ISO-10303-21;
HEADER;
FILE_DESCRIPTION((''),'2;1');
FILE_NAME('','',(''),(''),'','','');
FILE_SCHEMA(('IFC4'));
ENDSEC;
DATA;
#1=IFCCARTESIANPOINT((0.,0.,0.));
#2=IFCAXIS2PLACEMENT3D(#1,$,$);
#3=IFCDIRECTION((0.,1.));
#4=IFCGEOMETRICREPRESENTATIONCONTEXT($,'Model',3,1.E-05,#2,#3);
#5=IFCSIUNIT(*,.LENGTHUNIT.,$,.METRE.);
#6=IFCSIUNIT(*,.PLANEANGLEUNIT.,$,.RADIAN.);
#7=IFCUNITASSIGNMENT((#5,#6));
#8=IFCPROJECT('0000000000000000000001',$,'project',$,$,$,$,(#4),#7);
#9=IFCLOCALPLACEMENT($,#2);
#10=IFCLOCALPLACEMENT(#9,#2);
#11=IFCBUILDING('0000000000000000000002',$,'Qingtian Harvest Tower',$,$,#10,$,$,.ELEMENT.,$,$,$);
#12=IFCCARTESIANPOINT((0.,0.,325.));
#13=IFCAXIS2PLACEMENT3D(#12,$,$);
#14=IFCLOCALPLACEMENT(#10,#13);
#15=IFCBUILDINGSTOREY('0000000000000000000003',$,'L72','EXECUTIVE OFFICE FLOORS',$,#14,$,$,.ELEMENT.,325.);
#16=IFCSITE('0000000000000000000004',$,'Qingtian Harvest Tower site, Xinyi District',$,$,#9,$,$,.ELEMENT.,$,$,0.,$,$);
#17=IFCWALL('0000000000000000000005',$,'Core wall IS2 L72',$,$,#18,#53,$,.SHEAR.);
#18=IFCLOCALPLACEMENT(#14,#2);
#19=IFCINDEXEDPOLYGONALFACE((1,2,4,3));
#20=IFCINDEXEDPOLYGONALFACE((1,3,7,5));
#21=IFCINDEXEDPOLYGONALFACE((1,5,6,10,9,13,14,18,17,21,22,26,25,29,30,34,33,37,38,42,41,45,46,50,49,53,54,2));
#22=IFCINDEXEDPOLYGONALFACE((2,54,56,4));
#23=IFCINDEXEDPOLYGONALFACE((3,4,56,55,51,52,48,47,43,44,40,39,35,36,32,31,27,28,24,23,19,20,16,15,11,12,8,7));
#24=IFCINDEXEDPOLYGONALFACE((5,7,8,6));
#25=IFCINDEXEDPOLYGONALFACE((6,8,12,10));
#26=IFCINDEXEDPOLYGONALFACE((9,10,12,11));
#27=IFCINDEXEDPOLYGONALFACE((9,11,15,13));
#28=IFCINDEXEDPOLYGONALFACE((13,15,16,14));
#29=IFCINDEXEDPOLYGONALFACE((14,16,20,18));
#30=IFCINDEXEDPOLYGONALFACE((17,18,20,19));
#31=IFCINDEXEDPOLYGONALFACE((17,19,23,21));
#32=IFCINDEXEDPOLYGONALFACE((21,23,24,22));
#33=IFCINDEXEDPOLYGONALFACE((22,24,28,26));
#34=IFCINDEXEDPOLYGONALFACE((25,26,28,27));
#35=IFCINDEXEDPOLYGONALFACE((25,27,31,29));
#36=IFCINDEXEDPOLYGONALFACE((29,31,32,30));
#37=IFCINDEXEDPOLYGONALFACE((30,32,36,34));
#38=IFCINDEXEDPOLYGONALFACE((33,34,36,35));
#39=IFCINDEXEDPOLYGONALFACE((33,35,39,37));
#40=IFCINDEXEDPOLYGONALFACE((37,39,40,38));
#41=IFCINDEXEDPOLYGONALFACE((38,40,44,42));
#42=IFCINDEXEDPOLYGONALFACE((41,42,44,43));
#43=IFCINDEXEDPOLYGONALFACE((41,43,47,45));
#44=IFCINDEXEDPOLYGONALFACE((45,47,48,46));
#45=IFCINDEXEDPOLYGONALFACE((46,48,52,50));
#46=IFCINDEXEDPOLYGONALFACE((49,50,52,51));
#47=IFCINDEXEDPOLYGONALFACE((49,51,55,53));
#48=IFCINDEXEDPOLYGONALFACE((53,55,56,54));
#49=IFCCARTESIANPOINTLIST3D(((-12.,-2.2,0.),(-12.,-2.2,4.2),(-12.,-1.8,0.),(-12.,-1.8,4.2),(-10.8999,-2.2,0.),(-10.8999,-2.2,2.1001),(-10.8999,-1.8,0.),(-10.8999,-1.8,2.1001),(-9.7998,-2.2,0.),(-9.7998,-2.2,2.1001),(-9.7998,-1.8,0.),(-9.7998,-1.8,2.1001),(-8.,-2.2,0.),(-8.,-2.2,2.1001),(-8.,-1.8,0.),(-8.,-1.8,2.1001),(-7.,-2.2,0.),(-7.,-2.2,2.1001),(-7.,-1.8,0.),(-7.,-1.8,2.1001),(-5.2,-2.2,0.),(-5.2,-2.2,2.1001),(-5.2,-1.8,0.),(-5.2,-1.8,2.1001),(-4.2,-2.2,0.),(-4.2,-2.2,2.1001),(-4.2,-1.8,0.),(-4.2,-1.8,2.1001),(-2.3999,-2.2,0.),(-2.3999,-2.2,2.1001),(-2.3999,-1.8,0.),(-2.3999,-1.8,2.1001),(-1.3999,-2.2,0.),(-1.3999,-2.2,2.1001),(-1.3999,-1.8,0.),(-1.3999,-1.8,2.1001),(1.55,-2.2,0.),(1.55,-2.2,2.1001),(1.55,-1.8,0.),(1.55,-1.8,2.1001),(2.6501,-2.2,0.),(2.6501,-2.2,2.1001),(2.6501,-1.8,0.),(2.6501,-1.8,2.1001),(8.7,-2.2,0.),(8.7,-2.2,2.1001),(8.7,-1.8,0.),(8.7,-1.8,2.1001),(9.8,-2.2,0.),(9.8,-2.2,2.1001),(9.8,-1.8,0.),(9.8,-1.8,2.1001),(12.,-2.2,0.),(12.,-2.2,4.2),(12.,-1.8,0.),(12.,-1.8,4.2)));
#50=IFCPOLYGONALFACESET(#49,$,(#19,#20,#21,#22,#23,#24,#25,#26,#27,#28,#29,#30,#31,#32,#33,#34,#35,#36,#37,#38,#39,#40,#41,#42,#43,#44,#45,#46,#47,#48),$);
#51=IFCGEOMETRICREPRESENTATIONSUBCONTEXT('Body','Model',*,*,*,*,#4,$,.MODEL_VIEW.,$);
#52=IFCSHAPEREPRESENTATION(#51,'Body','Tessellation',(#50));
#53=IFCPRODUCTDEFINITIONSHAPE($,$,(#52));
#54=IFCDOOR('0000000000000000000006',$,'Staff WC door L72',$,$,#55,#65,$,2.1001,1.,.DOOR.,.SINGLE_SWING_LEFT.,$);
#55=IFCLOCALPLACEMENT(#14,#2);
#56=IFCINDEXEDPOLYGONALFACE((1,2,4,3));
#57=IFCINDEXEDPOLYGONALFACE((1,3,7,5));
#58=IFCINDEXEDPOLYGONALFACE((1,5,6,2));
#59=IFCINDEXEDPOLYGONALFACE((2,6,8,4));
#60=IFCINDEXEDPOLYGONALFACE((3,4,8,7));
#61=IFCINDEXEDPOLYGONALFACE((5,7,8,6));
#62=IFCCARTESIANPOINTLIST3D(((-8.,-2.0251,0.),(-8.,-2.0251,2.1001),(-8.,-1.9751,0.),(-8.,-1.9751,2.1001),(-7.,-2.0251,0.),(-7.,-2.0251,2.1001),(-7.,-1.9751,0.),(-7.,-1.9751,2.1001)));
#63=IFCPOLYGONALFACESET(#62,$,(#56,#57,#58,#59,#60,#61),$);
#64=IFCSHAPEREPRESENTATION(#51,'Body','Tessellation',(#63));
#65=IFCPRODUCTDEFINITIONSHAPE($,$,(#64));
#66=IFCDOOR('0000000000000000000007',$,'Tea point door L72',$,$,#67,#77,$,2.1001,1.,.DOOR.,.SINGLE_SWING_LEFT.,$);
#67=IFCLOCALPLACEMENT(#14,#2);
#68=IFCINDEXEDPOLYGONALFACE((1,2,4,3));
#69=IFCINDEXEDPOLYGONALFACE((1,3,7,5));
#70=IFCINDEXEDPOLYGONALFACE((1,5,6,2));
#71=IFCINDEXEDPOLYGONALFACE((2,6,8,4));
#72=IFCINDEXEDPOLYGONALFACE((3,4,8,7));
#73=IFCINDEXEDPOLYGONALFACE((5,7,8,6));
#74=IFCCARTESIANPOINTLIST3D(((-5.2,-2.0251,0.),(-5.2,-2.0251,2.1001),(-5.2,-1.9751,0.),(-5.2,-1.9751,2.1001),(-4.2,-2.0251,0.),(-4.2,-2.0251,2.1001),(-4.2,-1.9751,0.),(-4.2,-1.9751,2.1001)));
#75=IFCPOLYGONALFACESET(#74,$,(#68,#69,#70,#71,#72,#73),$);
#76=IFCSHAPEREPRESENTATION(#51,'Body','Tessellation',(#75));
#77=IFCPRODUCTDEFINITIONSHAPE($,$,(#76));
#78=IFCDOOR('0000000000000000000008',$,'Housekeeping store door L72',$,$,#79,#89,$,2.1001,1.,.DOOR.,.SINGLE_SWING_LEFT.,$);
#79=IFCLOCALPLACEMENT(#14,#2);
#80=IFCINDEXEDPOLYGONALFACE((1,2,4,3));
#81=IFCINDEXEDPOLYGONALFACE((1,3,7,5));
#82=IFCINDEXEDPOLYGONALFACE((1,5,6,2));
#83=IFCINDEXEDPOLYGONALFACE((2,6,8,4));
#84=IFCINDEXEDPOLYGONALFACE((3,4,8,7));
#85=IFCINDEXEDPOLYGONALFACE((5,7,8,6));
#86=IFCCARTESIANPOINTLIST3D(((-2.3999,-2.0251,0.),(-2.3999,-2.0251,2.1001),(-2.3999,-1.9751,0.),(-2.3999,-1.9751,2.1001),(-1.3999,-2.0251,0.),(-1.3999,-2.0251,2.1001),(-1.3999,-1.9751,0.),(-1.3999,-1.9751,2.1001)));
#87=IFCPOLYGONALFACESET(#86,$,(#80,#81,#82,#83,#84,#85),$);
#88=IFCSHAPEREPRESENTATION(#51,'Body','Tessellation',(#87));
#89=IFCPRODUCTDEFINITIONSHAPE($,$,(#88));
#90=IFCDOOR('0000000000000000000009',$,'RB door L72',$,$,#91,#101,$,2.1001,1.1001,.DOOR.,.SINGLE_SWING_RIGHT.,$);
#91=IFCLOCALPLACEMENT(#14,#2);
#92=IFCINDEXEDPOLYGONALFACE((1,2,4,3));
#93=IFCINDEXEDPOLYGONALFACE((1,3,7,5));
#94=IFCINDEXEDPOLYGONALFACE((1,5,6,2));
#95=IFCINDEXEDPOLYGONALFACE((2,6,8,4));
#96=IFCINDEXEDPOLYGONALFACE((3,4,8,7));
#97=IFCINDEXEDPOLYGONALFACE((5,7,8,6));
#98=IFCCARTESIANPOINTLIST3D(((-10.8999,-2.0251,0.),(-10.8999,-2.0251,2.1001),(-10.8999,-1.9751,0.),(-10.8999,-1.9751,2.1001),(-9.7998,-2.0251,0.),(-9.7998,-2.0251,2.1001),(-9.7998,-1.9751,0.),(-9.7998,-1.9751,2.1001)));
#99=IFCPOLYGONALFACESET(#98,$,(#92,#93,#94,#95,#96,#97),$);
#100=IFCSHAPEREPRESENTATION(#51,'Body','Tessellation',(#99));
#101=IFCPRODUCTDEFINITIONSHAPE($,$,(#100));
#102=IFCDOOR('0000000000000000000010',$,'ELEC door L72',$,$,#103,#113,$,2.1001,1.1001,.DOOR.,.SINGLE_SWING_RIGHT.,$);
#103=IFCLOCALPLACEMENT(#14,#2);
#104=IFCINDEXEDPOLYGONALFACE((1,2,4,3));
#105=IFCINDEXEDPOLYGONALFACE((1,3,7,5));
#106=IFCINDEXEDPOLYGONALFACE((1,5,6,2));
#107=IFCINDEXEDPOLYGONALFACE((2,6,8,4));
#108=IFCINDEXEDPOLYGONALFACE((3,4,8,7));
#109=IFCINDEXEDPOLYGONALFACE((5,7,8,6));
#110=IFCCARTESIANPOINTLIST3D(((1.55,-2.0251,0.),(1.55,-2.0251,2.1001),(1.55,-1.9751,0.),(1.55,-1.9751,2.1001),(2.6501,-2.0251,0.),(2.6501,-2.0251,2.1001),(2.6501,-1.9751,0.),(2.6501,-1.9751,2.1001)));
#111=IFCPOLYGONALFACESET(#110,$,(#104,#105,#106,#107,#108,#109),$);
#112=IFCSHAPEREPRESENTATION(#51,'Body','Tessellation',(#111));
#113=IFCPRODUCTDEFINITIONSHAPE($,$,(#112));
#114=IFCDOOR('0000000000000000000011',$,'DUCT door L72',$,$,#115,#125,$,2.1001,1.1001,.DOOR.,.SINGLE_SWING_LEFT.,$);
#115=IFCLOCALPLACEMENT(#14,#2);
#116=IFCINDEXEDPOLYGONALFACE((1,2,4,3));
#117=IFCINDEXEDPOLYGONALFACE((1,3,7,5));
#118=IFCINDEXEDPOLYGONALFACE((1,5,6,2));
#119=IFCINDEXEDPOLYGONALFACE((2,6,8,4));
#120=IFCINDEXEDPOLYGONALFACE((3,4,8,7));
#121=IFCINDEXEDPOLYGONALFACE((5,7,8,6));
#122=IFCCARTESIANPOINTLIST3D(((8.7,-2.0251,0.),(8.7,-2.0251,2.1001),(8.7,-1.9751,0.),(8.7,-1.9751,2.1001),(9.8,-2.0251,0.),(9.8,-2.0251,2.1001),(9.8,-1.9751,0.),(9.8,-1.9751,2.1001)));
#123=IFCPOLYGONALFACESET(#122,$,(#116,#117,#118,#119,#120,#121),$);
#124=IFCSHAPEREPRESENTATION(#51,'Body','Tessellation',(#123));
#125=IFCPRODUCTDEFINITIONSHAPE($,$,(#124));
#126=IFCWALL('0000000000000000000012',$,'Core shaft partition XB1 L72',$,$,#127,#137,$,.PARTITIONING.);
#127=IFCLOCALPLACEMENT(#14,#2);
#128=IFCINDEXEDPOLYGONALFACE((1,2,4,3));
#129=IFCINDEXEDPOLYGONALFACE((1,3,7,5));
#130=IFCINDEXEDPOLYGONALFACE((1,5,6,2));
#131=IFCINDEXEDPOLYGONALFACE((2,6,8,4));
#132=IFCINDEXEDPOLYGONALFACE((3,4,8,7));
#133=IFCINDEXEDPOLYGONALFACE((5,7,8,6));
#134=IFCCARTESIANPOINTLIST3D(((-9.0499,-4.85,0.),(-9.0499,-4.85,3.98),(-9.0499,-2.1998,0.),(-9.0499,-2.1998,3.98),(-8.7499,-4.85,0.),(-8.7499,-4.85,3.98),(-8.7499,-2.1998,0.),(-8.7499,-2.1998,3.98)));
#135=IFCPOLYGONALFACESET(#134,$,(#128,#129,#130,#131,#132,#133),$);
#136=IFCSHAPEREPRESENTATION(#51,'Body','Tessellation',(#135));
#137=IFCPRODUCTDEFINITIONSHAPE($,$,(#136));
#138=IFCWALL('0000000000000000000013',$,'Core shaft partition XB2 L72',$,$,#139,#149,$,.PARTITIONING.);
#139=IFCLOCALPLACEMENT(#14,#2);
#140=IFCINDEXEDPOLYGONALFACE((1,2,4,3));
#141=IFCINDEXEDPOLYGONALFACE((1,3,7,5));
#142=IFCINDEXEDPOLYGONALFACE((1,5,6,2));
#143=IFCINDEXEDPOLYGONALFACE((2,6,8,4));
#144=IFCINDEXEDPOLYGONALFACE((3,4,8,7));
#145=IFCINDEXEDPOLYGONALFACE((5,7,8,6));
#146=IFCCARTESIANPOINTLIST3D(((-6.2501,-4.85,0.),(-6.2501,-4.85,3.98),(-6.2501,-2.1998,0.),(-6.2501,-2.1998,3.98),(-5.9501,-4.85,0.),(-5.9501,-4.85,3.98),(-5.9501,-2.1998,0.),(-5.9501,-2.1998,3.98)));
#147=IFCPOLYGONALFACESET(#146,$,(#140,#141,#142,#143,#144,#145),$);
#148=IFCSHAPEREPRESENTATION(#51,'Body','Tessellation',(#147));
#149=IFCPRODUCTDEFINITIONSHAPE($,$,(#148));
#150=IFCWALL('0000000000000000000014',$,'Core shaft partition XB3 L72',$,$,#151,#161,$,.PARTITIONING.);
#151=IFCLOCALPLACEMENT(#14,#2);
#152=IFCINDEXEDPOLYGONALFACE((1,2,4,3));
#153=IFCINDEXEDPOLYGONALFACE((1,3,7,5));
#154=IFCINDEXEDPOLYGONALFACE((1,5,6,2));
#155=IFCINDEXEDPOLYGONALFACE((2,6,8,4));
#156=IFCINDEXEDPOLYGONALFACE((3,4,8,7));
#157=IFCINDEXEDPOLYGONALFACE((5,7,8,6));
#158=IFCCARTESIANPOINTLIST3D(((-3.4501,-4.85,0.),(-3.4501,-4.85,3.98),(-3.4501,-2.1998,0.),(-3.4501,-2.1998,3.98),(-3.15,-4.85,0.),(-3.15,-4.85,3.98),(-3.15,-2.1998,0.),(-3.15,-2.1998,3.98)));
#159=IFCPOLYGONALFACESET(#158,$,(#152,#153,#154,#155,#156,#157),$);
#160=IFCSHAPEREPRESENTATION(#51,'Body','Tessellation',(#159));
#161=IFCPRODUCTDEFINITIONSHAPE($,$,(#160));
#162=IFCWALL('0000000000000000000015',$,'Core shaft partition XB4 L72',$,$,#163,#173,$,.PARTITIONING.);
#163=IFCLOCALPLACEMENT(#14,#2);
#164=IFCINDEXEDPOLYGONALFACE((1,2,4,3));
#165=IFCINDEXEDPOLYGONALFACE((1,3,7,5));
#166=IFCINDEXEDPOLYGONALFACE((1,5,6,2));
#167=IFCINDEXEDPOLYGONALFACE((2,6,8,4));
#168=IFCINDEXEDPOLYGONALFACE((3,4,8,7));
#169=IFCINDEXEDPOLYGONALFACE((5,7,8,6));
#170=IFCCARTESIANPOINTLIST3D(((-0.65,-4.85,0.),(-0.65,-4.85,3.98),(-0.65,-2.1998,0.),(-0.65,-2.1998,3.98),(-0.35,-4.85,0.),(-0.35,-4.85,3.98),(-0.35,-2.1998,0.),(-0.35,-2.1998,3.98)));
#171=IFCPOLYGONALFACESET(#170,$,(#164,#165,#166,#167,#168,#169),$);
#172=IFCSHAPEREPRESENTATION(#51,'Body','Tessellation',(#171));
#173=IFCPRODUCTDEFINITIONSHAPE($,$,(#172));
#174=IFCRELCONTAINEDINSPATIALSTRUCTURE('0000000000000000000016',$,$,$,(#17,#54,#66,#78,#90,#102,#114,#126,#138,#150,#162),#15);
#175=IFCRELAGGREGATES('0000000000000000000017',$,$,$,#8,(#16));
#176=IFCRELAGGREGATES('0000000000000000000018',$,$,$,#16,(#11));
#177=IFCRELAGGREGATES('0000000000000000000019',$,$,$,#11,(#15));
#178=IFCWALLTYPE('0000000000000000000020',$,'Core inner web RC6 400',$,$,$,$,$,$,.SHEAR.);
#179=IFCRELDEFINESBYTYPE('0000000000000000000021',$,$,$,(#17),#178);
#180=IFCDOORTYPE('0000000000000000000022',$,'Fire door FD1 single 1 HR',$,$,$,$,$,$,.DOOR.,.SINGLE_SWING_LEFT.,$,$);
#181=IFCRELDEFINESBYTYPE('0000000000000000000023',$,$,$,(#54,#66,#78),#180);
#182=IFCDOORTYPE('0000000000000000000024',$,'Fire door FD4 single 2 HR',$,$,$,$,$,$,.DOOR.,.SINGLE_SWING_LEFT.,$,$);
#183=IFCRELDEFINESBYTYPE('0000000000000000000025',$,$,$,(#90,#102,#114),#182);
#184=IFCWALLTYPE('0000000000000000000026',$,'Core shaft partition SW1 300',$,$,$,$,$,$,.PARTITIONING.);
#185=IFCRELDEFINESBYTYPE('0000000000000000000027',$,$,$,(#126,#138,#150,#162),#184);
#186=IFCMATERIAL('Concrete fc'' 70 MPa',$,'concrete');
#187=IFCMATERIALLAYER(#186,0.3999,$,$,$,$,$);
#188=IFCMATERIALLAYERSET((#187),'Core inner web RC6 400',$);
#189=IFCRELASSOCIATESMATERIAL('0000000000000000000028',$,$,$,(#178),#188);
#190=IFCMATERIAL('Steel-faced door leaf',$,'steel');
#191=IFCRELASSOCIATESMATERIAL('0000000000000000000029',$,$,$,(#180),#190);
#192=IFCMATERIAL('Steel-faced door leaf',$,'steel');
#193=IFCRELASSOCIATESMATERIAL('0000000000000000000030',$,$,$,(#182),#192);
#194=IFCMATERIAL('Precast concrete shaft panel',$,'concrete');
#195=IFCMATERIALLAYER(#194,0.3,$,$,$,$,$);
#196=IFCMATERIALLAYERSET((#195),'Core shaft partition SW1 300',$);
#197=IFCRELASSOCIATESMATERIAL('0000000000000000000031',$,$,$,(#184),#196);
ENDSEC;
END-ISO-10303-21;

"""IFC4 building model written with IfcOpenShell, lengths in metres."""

from ifc_helpers import new_model, si_unit, direction, frame, frame_2d, origin, place, context, subcontext, project, spatial, rectangle, extrude, material, layer, layer_set, type_object, element, fill, save


model = new_model("IFC4")

# Units and contexts
model_context = context("Model", 3, precision=1e-05, world=origin(), true_north=direction((0.0, 1.0)))
body_context = subcontext(model_context, "Body", "Model", "MODEL_VIEW")
ifc_project = project(units=[si_unit("LENGTHUNIT", "METRE"), si_unit("PLANEANGLEUNIT", "RADIAN")], contexts=[model_context])

# Site, building, storey
site_placement = place(None, origin())
site = spatial("IfcSite", under=ifc_project, at=site_placement, Name="Qingtian Harvest Tower site, Xinyi District", CompositionType="ELEMENT", RefElevation=0.0)
building_placement = place(site_placement, origin())
building = spatial("IfcBuilding", under=site, at=building_placement, Name="Qingtian Harvest Tower", CompositionType="ELEMENT")
storey_placement = place(building_placement, frame((0.0, 0.0, 325.0)))
storey = spatial("IfcBuildingStorey", under=building, at=storey_placement, Name="L72", Description="EXECUTIVE OFFICE FLOORS", CompositionType="ELEMENT", Elevation=325.0)

# Wall, openings, doors
ifc_material_1 = material(Name="Concrete fc' 70 MPa", Category="concrete")
ifc_layer_1 = layer(ifc_material_1, 0.3999)
ifc_layer_set_1 = layer_set([ifc_layer_1], Name="Core inner web RC6 400")
wall_type_1 = type_object("IfcWallType", Name="Core inner web RC6 400", PredefinedType="SHEAR", material=ifc_layer_set_1)
wall_1_placement = place(storey_placement, frame((-12.0, -2.0, 0.0), z_axis=(0.0, 0.0, 1.0), x_axis=(1.0, 0.0, 0.0)))
wall_1 = element("IfcWall", 1, at=wall_1_placement, inside=storey, type_object=wall_type_1, Name="Core wall IS2 L72", PredefinedType="SHEAR", context=body_context, shape_type="SweptSolid", body=[
    extrude(rectangle(XDim=24.0, YDim=0.3999, at=frame_2d((12.0, 0.0))), origin(), (0.0, 0.0, 1.0), 4.2),
])
opening_1_placement = place(wall_1_placement, frame((1.1001, 0.0, 0.0)))
opening_1 = element("IfcOpeningElement", 2, at=opening_1_placement, cuts=wall_1, PredefinedType="OPENING", context=body_context, shape_type="SweptSolid", body=[
    extrude(rectangle(XDim=1.1001, YDim=2.1001, at=frame_2d((0.55, 1.05))), frame((0.0, 0.21, 0.0), z_axis=(0.0, -1.0, 0.0), x_axis=(1.0, 0.0, 0.0)), (0.0, 0.0, 1.0), 0.4199),
])
opening_2_placement = place(wall_1_placement, frame((13.55, 0.0, 0.0)))
opening_2 = element("IfcOpeningElement", 3, at=opening_2_placement, cuts=wall_1, PredefinedType="OPENING", context=body_context, shape_type="SweptSolid", body=[
    extrude(rectangle(XDim=1.1001, YDim=2.1001, at=frame_2d((0.55, 1.05))), frame((0.0, 0.21, 0.0), z_axis=(0.0, -1.0, 0.0), x_axis=(1.0, 0.0, 0.0)), (0.0, 0.0, 1.0), 0.4199),
])
opening_3_placement = place(wall_1_placement, frame((20.7, 0.0, 0.0)))
opening_3 = element("IfcOpeningElement", 4, at=opening_3_placement, cuts=wall_1, PredefinedType="OPENING", context=body_context, shape_type="SweptSolid", body=[
    extrude(rectangle(XDim=1.1001, YDim=2.1001, at=frame_2d((0.55, 1.05))), frame((0.0, 0.21, 0.0), z_axis=(0.0, -1.0, 0.0), x_axis=(1.0, 0.0, 0.0)), (0.0, 0.0, 1.0), 0.4199),
])
opening_4_placement = place(wall_1_placement, frame((4.0, 0.0, 0.0)))
opening_4 = element("IfcOpeningElement", 5, at=opening_4_placement, cuts=wall_1, PredefinedType="OPENING", context=body_context, shape_type="SweptSolid", body=[
    extrude(rectangle(XDim=1.0, YDim=2.1001, at=frame_2d((0.5, 1.05))), frame((0.0, 0.21, 0.0), z_axis=(0.0, -1.0, 0.0), x_axis=(1.0, 0.0, 0.0)), (0.0, 0.0, 1.0), 0.4199),
])
opening_5_placement = place(wall_1_placement, frame((6.8, 0.0, 0.0)))
opening_5 = element("IfcOpeningElement", 6, at=opening_5_placement, cuts=wall_1, PredefinedType="OPENING", context=body_context, shape_type="SweptSolid", body=[
    extrude(rectangle(XDim=1.0, YDim=2.1001, at=frame_2d((0.5, 1.05))), frame((0.0, 0.21, 0.0), z_axis=(0.0, -1.0, 0.0), x_axis=(1.0, 0.0, 0.0)), (0.0, 0.0, 1.0), 0.4199),
])
opening_6_placement = place(wall_1_placement, frame((9.6001, 0.0, 0.0)))
opening_6 = element("IfcOpeningElement", 7, at=opening_6_placement, cuts=wall_1, PredefinedType="OPENING", context=body_context, shape_type="SweptSolid", body=[
    extrude(rectangle(XDim=1.0, YDim=2.1001, at=frame_2d((0.5, 1.05))), frame((0.0, 0.21, 0.0), z_axis=(0.0, -1.0, 0.0), x_axis=(1.0, 0.0, 0.0)), (0.0, 0.0, 1.0), 0.4199),
])
ifc_material_2 = material(Name="Steel-faced door leaf", Category="steel")
door_type_1 = type_object("IfcDoorType", Name="Fire door FD1 single 1 HR", OperationType="SINGLE_SWING_LEFT", PredefinedType="DOOR", material=ifc_material_2)
door_1_placement = place(opening_4_placement, origin())
door_1 = element("IfcDoor", 8, at=door_1_placement, inside=storey, type_object=door_type_1, Name="Staff WC door L72", OperationType="SINGLE_SWING_LEFT", OverallHeight=2.1001, OverallWidth=1.0, PredefinedType="DOOR", context=body_context, shape_type="SweptSolid", body=[
    extrude(rectangle(XDim=1.0, YDim=2.1001, at=frame_2d((0.5, 1.05))), frame((0.0, 0.0249, 0.0), z_axis=(0.0, -1.0, 0.0), x_axis=(1.0, 0.0, 0.0)), (0.0, 0.0, 1.0), 0.05),
])
fill(opening_4, door_1)
door_2_placement = place(opening_5_placement, origin())
door_2 = element("IfcDoor", 9, at=door_2_placement, inside=storey, type_object=door_type_1, Name="Tea point door L72", OperationType="SINGLE_SWING_LEFT", OverallHeight=2.1001, OverallWidth=1.0, PredefinedType="DOOR", context=body_context, shape_type="SweptSolid", body=[
    extrude(rectangle(XDim=1.0, YDim=2.1001, at=frame_2d((0.5, 1.05))), frame((0.0, 0.0249, 0.0), z_axis=(0.0, -1.0, 0.0), x_axis=(1.0, 0.0, 0.0)), (0.0, 0.0, 1.0), 0.05),
])
fill(opening_5, door_2)
door_3_placement = place(opening_6_placement, origin())
door_3 = element("IfcDoor", 10, at=door_3_placement, inside=storey, type_object=door_type_1, Name="Housekeeping store door L72", OperationType="SINGLE_SWING_LEFT", OverallHeight=2.1001, OverallWidth=1.0, PredefinedType="DOOR", context=body_context, shape_type="SweptSolid", body=[
    extrude(rectangle(XDim=1.0, YDim=2.1001, at=frame_2d((0.5, 1.05))), frame((0.0, 0.0249, 0.0), z_axis=(0.0, -1.0, 0.0), x_axis=(1.0, 0.0, 0.0)), (0.0, 0.0, 1.0), 0.05),
])
fill(opening_6, door_3)
ifc_material_3 = material(Name="Steel-faced door leaf", Category="steel")
door_type_2 = type_object("IfcDoorType", Name="Fire door FD4 single 2 HR", OperationType="SINGLE_SWING_LEFT", PredefinedType="DOOR", material=ifc_material_3)
door_4_placement = place(opening_1_placement, origin())
door_4 = element("IfcDoor", 11, at=door_4_placement, inside=storey, type_object=door_type_2, Name="RB door L72", OperationType="SINGLE_SWING_RIGHT", OverallHeight=2.1001, OverallWidth=1.1001, PredefinedType="DOOR", context=body_context, shape_type="SweptSolid", body=[
    extrude(rectangle(XDim=1.1001, YDim=2.1001, at=frame_2d((0.55, 1.05))), frame((0.0, 0.0249, 0.0), z_axis=(0.0, -1.0, 0.0), x_axis=(1.0, 0.0, 0.0)), (0.0, 0.0, 1.0), 0.05),
])
fill(opening_1, door_4)
door_5_placement = place(opening_2_placement, origin())
door_5 = element("IfcDoor", 12, at=door_5_placement, inside=storey, type_object=door_type_2, Name="ELEC door L72", OperationType="SINGLE_SWING_RIGHT", OverallHeight=2.1001, OverallWidth=1.1001, PredefinedType="DOOR", context=body_context, shape_type="SweptSolid", body=[
    extrude(rectangle(XDim=1.1001, YDim=2.1001, at=frame_2d((0.55, 1.05))), frame((0.0, 0.0249, 0.0), z_axis=(0.0, -1.0, 0.0), x_axis=(1.0, 0.0, 0.0)), (0.0, 0.0, 1.0), 0.05),
])
fill(opening_2, door_5)
door_6_placement = place(opening_3_placement, origin())
door_6 = element("IfcDoor", 13, at=door_6_placement, inside=storey, type_object=door_type_2, Name="DUCT door L72", OperationType="SINGLE_SWING_LEFT", OverallHeight=2.1001, OverallWidth=1.1001, PredefinedType="DOOR", context=body_context, shape_type="SweptSolid", body=[
    extrude(rectangle(XDim=1.1001, YDim=2.1001, at=frame_2d((0.55, 1.05))), frame((0.0, 0.0249, 0.0), z_axis=(0.0, -1.0, 0.0), x_axis=(1.0, 0.0, 0.0)), (0.0, 0.0, 1.0), 0.05),
])
fill(opening_3, door_6)

# Walls
ifc_material_4 = material(Name="Precast concrete shaft panel", Category="concrete")
ifc_layer_2 = layer(ifc_material_4, 0.3)
ifc_layer_set_2 = layer_set([ifc_layer_2], Name="Core shaft partition SW1 300")
wall_type_2 = type_object("IfcWallType", Name="Core shaft partition SW1 300", PredefinedType="PARTITIONING", material=ifc_layer_set_2)
for number, where, z_axis, x_axis, name in (
    (14, (-8.8999, -4.8501, 0.0), (0.0, 0.0, 1.0), (0.0, 1.0, 0.0), "Core shaft partition XB1 L72"),
    (15, (-6.1001, -4.8501, 0.0), (0.0, 0.0, 1.0), (0.0, 1.0, 0.0), "Core shaft partition XB2 L72"),
    (16, (-3.3, -4.8501, 0.0), (0.0, 0.0, 1.0), (0.0, 1.0, 0.0), "Core shaft partition XB3 L72"),
    (17, (-0.5, -4.8501, 0.0), (0.0, 0.0, 1.0), (0.0, 1.0, 0.0), "Core shaft partition XB4 L72"),
):
    element("IfcWall", number, at=place(storey_placement, frame(where, z_axis=z_axis, x_axis=x_axis)), inside=storey, type_object=wall_type_2, Name=name, PredefinedType="PARTITIONING", context=body_context, shape_type="SweptSolid", body=[
        extrude(rectangle(XDim=2.6501, YDim=0.3, at=frame_2d((1.3252, 0.0))), origin(), (0.0, 0.0, 1.0), 3.98),
    ])

save(model, "model.ifc")
